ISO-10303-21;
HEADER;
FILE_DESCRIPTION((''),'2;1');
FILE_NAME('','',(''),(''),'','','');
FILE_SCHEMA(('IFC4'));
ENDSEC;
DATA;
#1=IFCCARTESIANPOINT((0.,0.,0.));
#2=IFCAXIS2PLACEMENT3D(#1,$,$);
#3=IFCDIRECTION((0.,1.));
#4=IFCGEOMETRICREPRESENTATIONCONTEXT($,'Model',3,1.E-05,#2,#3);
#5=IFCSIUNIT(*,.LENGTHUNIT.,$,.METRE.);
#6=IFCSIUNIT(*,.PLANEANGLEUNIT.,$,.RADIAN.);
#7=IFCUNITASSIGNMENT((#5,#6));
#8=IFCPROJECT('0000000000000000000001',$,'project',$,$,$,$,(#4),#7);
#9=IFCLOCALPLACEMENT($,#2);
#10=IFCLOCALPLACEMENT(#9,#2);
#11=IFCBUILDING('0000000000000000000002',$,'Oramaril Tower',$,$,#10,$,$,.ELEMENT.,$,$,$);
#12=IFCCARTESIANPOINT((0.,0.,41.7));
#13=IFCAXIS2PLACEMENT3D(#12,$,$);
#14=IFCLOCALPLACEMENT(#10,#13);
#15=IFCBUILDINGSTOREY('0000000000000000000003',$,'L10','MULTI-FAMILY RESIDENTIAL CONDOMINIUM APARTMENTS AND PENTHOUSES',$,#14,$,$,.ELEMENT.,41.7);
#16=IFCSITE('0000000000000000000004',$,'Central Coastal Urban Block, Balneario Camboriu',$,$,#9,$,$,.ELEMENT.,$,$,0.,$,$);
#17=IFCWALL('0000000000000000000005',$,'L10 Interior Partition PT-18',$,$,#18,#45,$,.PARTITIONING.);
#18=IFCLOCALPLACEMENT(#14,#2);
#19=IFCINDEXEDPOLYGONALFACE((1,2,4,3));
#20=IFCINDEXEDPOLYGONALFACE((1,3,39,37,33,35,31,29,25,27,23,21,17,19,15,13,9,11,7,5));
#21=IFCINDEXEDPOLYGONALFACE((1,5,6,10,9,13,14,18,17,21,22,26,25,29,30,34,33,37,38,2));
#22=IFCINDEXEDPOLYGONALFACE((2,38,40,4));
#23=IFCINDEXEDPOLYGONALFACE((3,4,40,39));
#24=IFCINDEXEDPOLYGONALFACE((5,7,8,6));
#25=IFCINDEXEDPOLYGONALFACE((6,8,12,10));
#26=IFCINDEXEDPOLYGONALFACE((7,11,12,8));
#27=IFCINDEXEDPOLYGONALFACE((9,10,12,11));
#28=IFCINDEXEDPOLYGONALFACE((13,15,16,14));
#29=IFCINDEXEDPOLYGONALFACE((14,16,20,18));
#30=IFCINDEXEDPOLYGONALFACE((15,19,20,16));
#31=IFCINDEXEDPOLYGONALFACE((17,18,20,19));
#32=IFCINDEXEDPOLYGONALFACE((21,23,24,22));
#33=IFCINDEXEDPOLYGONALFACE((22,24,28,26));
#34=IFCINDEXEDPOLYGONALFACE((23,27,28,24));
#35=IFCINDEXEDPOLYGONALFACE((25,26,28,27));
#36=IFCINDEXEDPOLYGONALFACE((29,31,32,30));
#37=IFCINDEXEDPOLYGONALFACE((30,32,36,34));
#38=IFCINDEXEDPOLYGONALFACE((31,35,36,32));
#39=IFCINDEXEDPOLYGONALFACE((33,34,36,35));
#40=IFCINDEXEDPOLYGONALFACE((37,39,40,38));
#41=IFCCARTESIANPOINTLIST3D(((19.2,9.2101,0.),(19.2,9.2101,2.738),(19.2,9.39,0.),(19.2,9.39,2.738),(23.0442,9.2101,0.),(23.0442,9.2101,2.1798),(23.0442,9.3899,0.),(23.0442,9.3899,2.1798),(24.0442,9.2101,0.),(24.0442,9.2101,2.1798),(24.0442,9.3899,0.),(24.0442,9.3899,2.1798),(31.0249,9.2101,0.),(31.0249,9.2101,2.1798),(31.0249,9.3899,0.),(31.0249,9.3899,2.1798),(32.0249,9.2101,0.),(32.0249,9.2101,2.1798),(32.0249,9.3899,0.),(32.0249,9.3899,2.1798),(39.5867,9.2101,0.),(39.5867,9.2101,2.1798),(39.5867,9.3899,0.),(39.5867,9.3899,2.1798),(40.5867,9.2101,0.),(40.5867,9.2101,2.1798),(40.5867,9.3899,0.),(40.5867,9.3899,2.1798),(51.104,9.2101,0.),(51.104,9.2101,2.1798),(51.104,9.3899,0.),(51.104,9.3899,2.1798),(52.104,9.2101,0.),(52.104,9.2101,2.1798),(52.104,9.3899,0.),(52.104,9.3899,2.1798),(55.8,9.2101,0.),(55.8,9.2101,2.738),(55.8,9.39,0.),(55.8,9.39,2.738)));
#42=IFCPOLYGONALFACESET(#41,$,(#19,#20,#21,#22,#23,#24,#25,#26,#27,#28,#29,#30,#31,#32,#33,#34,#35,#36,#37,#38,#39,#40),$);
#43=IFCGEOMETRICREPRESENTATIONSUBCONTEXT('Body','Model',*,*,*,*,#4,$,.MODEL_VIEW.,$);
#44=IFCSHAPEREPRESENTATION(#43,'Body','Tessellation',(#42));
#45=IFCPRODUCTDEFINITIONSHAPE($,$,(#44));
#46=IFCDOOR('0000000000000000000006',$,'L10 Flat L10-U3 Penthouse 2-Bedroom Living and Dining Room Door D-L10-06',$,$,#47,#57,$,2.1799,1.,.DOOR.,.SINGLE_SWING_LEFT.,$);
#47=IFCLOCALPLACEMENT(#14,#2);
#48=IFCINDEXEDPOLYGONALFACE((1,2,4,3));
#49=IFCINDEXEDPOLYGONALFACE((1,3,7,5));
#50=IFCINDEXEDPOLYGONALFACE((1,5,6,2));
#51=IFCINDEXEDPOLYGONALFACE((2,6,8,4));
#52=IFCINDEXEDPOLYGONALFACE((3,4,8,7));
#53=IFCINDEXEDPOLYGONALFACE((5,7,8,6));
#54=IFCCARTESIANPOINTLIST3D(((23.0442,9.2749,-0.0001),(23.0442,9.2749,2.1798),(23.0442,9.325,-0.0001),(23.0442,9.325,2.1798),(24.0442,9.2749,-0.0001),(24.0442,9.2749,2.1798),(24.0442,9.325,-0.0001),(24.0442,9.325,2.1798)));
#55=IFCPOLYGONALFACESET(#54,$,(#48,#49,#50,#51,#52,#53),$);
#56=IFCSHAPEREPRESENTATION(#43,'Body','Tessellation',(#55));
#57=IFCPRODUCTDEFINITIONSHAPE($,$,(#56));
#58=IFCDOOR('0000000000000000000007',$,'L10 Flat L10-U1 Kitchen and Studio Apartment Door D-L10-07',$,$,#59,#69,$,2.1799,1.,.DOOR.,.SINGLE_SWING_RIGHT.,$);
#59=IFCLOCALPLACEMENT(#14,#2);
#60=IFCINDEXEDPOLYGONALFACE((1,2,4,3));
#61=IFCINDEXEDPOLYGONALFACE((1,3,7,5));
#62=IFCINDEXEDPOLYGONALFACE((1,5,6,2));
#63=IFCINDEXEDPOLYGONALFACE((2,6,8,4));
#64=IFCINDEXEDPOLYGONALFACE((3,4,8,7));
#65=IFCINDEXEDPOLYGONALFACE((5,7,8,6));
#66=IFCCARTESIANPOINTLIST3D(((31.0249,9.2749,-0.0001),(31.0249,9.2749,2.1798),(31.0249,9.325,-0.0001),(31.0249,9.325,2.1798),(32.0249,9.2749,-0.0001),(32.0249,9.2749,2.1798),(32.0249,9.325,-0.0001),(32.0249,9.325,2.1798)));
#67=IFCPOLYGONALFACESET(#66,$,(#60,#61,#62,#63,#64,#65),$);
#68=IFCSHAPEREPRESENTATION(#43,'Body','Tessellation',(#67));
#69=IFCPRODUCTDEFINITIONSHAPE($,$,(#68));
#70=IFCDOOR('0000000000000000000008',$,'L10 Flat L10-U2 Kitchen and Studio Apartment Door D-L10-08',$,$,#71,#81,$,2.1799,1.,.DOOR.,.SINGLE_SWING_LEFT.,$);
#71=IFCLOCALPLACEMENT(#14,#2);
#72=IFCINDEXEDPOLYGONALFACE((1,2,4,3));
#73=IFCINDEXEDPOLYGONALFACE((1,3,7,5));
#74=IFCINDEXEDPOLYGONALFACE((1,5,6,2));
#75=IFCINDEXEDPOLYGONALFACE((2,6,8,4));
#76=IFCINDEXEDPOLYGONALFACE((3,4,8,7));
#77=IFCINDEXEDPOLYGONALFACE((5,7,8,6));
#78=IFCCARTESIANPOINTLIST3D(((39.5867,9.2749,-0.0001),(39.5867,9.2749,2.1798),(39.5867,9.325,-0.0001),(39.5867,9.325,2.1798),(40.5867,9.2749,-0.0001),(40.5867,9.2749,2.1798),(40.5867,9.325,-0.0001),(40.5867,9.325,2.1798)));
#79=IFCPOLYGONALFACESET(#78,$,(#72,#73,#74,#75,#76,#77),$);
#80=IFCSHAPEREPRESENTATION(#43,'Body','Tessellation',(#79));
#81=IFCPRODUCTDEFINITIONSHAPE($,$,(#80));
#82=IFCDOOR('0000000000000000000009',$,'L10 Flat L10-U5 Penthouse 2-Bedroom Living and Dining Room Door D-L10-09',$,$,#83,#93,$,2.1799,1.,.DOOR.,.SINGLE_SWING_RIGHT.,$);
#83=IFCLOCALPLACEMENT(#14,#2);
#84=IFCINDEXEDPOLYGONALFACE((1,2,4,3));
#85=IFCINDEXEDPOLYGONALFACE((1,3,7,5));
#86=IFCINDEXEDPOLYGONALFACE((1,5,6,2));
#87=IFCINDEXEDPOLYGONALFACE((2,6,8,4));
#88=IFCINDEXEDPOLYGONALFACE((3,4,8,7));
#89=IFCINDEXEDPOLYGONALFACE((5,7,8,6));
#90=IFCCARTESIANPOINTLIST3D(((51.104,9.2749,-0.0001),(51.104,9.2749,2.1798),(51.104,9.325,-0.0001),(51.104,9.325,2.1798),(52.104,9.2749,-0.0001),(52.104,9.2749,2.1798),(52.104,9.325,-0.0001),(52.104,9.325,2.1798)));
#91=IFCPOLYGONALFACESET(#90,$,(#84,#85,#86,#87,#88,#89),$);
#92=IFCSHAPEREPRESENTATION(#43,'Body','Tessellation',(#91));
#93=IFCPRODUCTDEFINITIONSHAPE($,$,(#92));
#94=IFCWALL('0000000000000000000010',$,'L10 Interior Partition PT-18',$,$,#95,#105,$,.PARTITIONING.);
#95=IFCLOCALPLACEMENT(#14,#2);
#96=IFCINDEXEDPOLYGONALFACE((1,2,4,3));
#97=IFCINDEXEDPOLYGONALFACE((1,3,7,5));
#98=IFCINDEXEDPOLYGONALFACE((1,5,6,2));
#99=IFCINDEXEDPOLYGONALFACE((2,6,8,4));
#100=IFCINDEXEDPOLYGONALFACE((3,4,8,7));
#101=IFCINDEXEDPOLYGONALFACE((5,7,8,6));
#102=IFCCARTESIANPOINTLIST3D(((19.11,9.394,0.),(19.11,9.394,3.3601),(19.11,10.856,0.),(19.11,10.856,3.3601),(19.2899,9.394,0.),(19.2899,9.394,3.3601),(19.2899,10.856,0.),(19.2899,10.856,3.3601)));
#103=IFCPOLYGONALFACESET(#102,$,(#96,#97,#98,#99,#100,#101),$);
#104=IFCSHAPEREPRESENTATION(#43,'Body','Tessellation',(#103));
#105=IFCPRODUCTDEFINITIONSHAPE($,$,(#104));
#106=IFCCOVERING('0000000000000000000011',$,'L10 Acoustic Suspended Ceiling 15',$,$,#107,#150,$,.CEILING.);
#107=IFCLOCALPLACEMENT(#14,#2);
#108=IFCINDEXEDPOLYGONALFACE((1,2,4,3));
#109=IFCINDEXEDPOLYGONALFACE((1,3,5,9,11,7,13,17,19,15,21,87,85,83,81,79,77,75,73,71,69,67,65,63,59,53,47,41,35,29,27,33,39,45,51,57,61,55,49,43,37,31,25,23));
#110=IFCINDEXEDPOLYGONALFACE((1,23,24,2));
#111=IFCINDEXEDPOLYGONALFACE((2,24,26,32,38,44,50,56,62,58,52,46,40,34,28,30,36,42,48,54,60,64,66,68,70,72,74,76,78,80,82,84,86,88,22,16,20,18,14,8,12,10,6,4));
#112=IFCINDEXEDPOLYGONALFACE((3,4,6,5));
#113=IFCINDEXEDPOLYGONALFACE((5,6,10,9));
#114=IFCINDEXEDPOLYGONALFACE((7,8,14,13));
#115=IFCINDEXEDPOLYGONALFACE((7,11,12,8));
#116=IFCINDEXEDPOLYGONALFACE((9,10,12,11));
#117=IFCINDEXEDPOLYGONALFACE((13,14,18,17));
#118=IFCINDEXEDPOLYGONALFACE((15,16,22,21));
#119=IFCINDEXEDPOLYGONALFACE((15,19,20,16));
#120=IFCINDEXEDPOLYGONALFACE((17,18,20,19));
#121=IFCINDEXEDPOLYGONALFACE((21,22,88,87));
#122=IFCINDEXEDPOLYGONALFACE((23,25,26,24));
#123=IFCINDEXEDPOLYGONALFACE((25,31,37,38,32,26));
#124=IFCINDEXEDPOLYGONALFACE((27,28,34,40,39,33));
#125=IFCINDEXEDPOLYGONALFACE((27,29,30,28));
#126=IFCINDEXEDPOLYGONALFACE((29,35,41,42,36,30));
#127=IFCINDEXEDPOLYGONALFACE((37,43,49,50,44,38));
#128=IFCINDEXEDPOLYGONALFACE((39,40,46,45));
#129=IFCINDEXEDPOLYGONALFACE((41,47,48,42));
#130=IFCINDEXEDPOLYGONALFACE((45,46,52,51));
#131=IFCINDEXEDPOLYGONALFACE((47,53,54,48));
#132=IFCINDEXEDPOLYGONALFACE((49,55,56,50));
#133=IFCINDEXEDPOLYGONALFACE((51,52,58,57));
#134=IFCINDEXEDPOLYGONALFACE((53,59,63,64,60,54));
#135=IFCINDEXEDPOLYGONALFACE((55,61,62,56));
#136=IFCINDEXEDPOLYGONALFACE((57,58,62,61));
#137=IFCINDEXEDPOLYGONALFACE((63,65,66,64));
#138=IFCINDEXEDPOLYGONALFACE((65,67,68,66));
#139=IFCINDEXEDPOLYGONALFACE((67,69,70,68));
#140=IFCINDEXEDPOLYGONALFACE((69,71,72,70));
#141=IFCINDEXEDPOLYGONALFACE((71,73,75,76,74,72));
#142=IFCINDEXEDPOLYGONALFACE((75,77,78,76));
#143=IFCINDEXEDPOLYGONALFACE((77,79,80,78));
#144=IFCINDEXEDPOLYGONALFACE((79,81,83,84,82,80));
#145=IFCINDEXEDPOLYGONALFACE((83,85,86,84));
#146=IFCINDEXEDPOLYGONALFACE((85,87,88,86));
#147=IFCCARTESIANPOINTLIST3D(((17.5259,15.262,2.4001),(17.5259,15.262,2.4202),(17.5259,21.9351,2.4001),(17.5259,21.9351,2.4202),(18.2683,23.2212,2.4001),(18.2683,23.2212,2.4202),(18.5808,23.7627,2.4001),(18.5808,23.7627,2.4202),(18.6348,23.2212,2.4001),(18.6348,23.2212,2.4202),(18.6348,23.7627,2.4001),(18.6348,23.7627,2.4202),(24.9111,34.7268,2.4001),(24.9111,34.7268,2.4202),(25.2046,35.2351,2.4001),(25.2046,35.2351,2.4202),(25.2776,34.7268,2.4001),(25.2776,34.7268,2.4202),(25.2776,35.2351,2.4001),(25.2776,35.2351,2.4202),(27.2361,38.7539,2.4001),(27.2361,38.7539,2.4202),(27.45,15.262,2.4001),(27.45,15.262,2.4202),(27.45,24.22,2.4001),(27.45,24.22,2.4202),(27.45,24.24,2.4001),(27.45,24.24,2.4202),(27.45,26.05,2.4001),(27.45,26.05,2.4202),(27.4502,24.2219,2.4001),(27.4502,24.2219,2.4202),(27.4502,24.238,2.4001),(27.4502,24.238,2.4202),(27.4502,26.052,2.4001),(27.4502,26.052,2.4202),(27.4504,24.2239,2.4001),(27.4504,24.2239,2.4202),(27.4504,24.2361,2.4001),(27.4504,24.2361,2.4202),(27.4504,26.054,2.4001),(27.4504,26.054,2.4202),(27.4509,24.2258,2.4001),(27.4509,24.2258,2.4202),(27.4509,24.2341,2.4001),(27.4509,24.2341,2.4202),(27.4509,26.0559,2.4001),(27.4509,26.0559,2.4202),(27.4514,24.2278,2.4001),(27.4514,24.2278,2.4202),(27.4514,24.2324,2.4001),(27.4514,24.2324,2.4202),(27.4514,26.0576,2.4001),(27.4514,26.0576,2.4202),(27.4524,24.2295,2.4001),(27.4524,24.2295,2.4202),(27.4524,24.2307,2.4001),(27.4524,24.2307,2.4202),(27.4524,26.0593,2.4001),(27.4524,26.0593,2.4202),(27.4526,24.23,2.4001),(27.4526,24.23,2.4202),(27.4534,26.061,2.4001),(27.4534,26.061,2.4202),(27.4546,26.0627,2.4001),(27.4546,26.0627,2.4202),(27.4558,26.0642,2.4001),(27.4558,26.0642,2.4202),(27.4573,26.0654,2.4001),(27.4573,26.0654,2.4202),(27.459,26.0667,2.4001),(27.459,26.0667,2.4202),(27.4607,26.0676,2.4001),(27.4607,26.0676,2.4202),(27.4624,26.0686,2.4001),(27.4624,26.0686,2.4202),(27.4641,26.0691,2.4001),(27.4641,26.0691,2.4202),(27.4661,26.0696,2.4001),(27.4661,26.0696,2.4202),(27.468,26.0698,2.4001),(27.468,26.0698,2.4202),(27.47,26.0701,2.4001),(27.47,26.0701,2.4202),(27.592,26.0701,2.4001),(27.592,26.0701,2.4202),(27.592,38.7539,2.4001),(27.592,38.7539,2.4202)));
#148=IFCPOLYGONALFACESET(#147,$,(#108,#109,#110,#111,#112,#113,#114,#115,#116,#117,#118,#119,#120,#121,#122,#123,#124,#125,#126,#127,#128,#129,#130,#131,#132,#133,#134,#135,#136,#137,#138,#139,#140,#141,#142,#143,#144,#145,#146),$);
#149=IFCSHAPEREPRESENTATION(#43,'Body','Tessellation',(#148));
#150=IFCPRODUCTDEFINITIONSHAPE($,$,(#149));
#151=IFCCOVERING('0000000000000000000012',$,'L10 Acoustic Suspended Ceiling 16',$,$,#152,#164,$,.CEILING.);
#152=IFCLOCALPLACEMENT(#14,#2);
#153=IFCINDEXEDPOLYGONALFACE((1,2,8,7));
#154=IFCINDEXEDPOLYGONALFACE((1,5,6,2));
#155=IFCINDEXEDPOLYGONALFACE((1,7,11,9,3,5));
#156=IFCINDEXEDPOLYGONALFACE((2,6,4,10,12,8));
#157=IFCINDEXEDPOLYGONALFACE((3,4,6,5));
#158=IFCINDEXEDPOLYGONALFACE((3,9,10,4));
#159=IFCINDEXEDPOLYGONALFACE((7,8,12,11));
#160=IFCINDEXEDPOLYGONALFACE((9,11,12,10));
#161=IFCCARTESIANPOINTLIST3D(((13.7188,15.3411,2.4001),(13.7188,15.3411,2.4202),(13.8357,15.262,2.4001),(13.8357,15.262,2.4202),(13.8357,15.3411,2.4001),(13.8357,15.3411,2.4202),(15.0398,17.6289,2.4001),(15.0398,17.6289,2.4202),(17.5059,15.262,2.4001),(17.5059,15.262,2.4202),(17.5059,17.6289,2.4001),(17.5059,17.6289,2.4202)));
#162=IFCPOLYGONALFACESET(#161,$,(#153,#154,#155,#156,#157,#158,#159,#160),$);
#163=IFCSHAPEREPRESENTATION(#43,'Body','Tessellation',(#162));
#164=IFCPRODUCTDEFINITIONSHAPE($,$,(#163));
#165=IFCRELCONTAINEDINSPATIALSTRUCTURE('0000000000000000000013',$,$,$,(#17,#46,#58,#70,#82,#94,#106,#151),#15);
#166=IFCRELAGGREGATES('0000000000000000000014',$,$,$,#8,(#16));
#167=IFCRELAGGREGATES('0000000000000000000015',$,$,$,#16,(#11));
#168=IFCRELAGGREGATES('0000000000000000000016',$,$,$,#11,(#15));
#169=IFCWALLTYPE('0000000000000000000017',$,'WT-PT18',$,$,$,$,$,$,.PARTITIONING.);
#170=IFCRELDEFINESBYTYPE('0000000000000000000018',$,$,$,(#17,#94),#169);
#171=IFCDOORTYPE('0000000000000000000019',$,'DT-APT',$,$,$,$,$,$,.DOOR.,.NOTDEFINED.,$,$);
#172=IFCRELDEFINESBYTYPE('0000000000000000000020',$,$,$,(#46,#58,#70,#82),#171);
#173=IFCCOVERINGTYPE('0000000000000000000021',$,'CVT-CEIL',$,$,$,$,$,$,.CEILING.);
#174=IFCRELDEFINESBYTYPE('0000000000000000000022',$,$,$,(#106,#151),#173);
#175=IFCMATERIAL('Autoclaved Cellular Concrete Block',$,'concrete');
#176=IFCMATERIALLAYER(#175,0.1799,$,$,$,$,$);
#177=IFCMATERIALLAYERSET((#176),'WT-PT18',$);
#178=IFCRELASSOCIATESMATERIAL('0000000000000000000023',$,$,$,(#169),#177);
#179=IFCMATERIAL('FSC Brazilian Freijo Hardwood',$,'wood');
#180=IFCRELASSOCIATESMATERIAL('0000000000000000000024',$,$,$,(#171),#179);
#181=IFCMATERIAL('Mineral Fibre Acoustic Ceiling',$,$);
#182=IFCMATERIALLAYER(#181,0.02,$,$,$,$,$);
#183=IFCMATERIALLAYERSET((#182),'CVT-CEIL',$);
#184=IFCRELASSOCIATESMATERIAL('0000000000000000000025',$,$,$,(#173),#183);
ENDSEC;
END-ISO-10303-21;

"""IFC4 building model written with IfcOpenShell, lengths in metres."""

from ifc_helpers import new_model, si_unit, direction, frame, frame_2d, origin, place, context, subcontext, project, spatial, polyline, rectangle, outline, extrude, material, layer, layer_set, type_object, element, fill, save


model = new_model("IFC4")

# Units and contexts
model_context = context("Model", 3, precision=1e-05, world=origin(), true_north=direction((0.0, 1.0)))
body_context = subcontext(model_context, "Body", "Model", "MODEL_VIEW")
ifc_project = project(units=[si_unit("LENGTHUNIT", "METRE"), si_unit("PLANEANGLEUNIT", "RADIAN")], contexts=[model_context])

# Site, building, storey
site_placement = place(None, origin())
site = spatial("IfcSite", under=ifc_project, at=site_placement, Name="Central Coastal Urban Block, Balneario Camboriu", CompositionType="ELEMENT", RefElevation=0.0)
building_placement = place(site_placement, origin())
building = spatial("IfcBuilding", under=site, at=building_placement, Name="Oramaril Tower", CompositionType="ELEMENT")
storey_placement = place(building_placement, frame((0.0, 0.0, 41.7)))
storey = spatial("IfcBuildingStorey", under=building, at=storey_placement, Name="L10", Description="MULTI-FAMILY RESIDENTIAL CONDOMINIUM APARTMENTS AND PENTHOUSES", CompositionType="ELEMENT", Elevation=41.7)

# Wall, openings, doors
ifc_material_1 = material(Name="Autoclaved Cellular Concrete Block", Category="concrete")
ifc_layer_1 = layer(ifc_material_1, 0.1799)
ifc_layer_set_1 = layer_set([ifc_layer_1], Name="WT-PT18")
wall_type_1 = type_object("IfcWallType", Name="WT-PT18", PredefinedType="PARTITIONING", material=ifc_layer_set_1)
wall_1_placement = place(storey_placement, frame((19.2, 9.3, 0.0), z_axis=(0.0, 0.0, 1.0), x_axis=(1.0, 0.0, 0.0)))
wall_1 = element("IfcWall", 1, at=wall_1_placement, inside=storey, type_object=wall_type_1, Name="L10 Interior Partition PT-18", PredefinedType="PARTITIONING", context=body_context, shape_type="SweptSolid", body=[
    extrude(rectangle(XDim=36.6001, YDim=0.1799, at=frame_2d((18.3, 0.0))), origin(), (0.0, 0.0, 1.0), 2.738),
])
opening_1_placement = place(wall_1_placement, frame((3.8442, 0.0, 0.0)))
opening_1 = element("IfcOpeningElement", 2, at=opening_1_placement, cuts=wall_1, PredefinedType="OPENING", context=body_context, shape_type="SweptSolid", body=[
    extrude(rectangle(XDim=1.0, YDim=2.1799, at=frame_2d((0.5, 1.0898))), frame((0.0, 0.0898, 0.0), z_axis=(0.0, -1.0, 0.0), x_axis=(1.0, 0.0, 0.0)), (0.0, 0.0, 1.0), 0.1799),
])
opening_2_placement = place(wall_1_placement, frame((11.825, 0.0, 0.0)))
opening_2 = element("IfcOpeningElement", 3, at=opening_2_placement, cuts=wall_1, PredefinedType="OPENING", context=body_context, shape_type="SweptSolid", body=[
    extrude(rectangle(XDim=1.0, YDim=2.1799, at=frame_2d((0.5, 1.0898))), frame((0.0, 0.0898, 0.0), z_axis=(0.0, -1.0, 0.0), x_axis=(1.0, 0.0, 0.0)), (0.0, 0.0, 1.0), 0.1799),
])
opening_3_placement = place(wall_1_placement, frame((20.3867, 0.0, 0.0)))
opening_3 = element("IfcOpeningElement", 4, at=opening_3_placement, cuts=wall_1, PredefinedType="OPENING", context=body_context, shape_type="SweptSolid", body=[
    extrude(rectangle(XDim=1.0, YDim=2.1799, at=frame_2d((0.5, 1.0898))), frame((0.0, 0.0898, 0.0), z_axis=(0.0, -1.0, 0.0), x_axis=(1.0, 0.0, 0.0)), (0.0, 0.0, 1.0), 0.1799),
])
opening_4_placement = place(wall_1_placement, frame((31.9041, 0.0, 0.0)))
opening_4 = element("IfcOpeningElement", 5, at=opening_4_placement, cuts=wall_1, PredefinedType="OPENING", context=body_context, shape_type="SweptSolid", body=[
    extrude(rectangle(XDim=1.0, YDim=2.1799, at=frame_2d((0.5, 1.0898))), frame((0.0, 0.0898, 0.0), z_axis=(0.0, -1.0, 0.0), x_axis=(1.0, 0.0, 0.0)), (0.0, 0.0, 1.0), 0.1799),
])
ifc_material_2 = material(Name="FSC Brazilian Freijo Hardwood", Category="wood")
door_type_1 = type_object("IfcDoorType", Name="DT-APT", OperationType="NOTDEFINED", PredefinedType="DOOR", material=ifc_material_2)
door_1_placement = place(opening_1_placement, origin())
door_1 = element("IfcDoor", 6, at=door_1_placement, inside=storey, type_object=door_type_1, Name="L10 Flat L10-U3 Penthouse 2-Bedroom Living and Dining Room Door D-L10-06", OperationType="SINGLE_SWING_LEFT", OverallHeight=2.1799, OverallWidth=1.0, PredefinedType="DOOR", context=body_context, shape_type="SweptSolid", body=[
    extrude(rectangle(XDim=1.0, YDim=2.1799, at=frame_2d((0.5, 1.0898))), frame((0.0, 0.0249, 0.0), z_axis=(0.0, -1.0, 0.0), x_axis=(1.0, 0.0, 0.0)), (0.0, 0.0, 1.0), 0.05),
])
fill(opening_1, door_1)
door_2_placement = place(opening_2_placement, origin())
door_2 = element("IfcDoor", 7, at=door_2_placement, inside=storey, type_object=door_type_1, Name="L10 Flat L10-U1 Kitchen and Studio Apartment Door D-L10-07", OperationType="SINGLE_SWING_RIGHT", OverallHeight=2.1799, OverallWidth=1.0, PredefinedType="DOOR", context=body_context, shape_type="SweptSolid", body=[
    extrude(rectangle(XDim=1.0, YDim=2.1799, at=frame_2d((0.5, 1.0898))), frame((0.0, 0.0249, 0.0), z_axis=(0.0, -1.0, 0.0), x_axis=(1.0, 0.0, 0.0)), (0.0, 0.0, 1.0), 0.05),
])
fill(opening_2, door_2)
door_3_placement = place(opening_3_placement, origin())
door_3 = element("IfcDoor", 8, at=door_3_placement, inside=storey, type_object=door_type_1, Name="L10 Flat L10-U2 Kitchen and Studio Apartment Door D-L10-08", OperationType="SINGLE_SWING_LEFT", OverallHeight=2.1799, OverallWidth=1.0, PredefinedType="DOOR", context=body_context, shape_type="SweptSolid", body=[
    extrude(rectangle(XDim=1.0, YDim=2.1799, at=frame_2d((0.5, 1.0898))), frame((0.0, 0.0249, 0.0), z_axis=(0.0, -1.0, 0.0), x_axis=(1.0, 0.0, 0.0)), (0.0, 0.0, 1.0), 0.05),
])
fill(opening_3, door_3)
door_4_placement = place(opening_4_placement, origin())
door_4 = element("IfcDoor", 9, at=door_4_placement, inside=storey, type_object=door_type_1, Name="L10 Flat L10-U5 Penthouse 2-Bedroom Living and Dining Room Door D-L10-09", OperationType="SINGLE_SWING_RIGHT", OverallHeight=2.1799, OverallWidth=1.0, PredefinedType="DOOR", context=body_context, shape_type="SweptSolid", body=[
    extrude(rectangle(XDim=1.0, YDim=2.1799, at=frame_2d((0.5, 1.0898))), frame((0.0, 0.0249, 0.0), z_axis=(0.0, -1.0, 0.0), x_axis=(1.0, 0.0, 0.0)), (0.0, 0.0, 1.0), 0.05),
])
fill(opening_4, door_4)

# Wall
wall_2_placement = place(storey_placement, frame((19.2, 9.394, 0.0), z_axis=(0.0, 0.0, 1.0), x_axis=(0.0, 1.0, 0.0)))
element("IfcWall", 10, at=wall_2_placement, inside=storey, type_object=wall_type_1, Name="L10 Interior Partition PT-18", PredefinedType="PARTITIONING", context=body_context, shape_type="SweptSolid", body=[
    extrude(rectangle(XDim=1.4619, YDim=0.1799, at=frame_2d((0.731, 0.0))), origin(), (0.0, 0.0, 1.0), 3.3601),
])

# Coverings
ifc_material_3 = material(Name="Mineral Fibre Acoustic Ceiling")
ifc_layer_2 = layer(ifc_material_3, 0.02)
ifc_layer_set_2 = layer_set([ifc_layer_2], Name="CVT-CEIL")
covering_type_1 = type_object("IfcCoveringType", Name="CVT-CEIL", PredefinedType="CEILING", material=ifc_layer_set_2)
covering_1_placement = place(storey_placement, frame((0.0, 0.0, 2.4001)))
element("IfcCovering", 11, at=covering_1_placement, inside=storey, type_object=covering_type_1, Name="L10 Acoustic Suspended Ceiling 15", PredefinedType="CEILING", context=body_context, shape_type="SweptSolid", body=[
    extrude(outline(polyline([(17.5259, 21.9351), (18.2683, 23.2212), (18.6348, 23.2212), (18.6348, 23.7627), (18.5808, 23.7627), (24.9111, 34.7268), (25.2776, 34.7268), (25.2776, 35.2351), (25.2046, 35.2351), (27.2361, 38.7539), (27.592, 38.7539), (27.592, 26.0701), (27.47, 26.0701), (27.468, 26.0698), (27.4661, 26.0696), (27.4641, 26.0691), (27.4624, 26.0686), (27.4607, 26.0676), (27.459, 26.0667), (27.4573, 26.0654), (27.4558, 26.0642), (27.4546, 26.0627), (27.4534, 26.061), (27.4524, 26.0593), (27.4514, 26.0576), (27.4509, 26.0559), (27.4504, 26.054), (27.4502, 26.052), (27.45, 26.05), (27.45, 24.24), (27.4502, 24.238), (27.4504, 24.2361), (27.4509, 24.2341), (27.4514, 24.2324), (27.4524, 24.2307), (27.4526, 24.23), (27.4524, 24.2295), (27.4514, 24.2278), (27.4509, 24.2258), (27.4504, 24.2239), (27.4502, 24.2219), (27.45, 24.22), (27.45, 15.262), (17.5259, 15.262), (17.5259, 21.9351)])), origin(), (0.0, 0.0, 1.0), 0.02),
])
covering_2_placement = place(storey_placement, frame((0.0, 0.0, 2.4001)))
element("IfcCovering", 12, at=covering_2_placement, inside=storey, type_object=covering_type_1, Name="L10 Acoustic Suspended Ceiling 16", PredefinedType="CEILING", context=body_context, shape_type="SweptSolid", body=[
    extrude(outline(polyline([(13.8357, 15.3411), (13.7188, 15.3411), (15.0398, 17.6289), (17.5059, 17.6289), (17.5059, 15.262), (13.8357, 15.262), (13.8357, 15.3411)])), origin(), (0.0, 0.0, 1.0), 0.02),
])

save(model, "model.ifc")
